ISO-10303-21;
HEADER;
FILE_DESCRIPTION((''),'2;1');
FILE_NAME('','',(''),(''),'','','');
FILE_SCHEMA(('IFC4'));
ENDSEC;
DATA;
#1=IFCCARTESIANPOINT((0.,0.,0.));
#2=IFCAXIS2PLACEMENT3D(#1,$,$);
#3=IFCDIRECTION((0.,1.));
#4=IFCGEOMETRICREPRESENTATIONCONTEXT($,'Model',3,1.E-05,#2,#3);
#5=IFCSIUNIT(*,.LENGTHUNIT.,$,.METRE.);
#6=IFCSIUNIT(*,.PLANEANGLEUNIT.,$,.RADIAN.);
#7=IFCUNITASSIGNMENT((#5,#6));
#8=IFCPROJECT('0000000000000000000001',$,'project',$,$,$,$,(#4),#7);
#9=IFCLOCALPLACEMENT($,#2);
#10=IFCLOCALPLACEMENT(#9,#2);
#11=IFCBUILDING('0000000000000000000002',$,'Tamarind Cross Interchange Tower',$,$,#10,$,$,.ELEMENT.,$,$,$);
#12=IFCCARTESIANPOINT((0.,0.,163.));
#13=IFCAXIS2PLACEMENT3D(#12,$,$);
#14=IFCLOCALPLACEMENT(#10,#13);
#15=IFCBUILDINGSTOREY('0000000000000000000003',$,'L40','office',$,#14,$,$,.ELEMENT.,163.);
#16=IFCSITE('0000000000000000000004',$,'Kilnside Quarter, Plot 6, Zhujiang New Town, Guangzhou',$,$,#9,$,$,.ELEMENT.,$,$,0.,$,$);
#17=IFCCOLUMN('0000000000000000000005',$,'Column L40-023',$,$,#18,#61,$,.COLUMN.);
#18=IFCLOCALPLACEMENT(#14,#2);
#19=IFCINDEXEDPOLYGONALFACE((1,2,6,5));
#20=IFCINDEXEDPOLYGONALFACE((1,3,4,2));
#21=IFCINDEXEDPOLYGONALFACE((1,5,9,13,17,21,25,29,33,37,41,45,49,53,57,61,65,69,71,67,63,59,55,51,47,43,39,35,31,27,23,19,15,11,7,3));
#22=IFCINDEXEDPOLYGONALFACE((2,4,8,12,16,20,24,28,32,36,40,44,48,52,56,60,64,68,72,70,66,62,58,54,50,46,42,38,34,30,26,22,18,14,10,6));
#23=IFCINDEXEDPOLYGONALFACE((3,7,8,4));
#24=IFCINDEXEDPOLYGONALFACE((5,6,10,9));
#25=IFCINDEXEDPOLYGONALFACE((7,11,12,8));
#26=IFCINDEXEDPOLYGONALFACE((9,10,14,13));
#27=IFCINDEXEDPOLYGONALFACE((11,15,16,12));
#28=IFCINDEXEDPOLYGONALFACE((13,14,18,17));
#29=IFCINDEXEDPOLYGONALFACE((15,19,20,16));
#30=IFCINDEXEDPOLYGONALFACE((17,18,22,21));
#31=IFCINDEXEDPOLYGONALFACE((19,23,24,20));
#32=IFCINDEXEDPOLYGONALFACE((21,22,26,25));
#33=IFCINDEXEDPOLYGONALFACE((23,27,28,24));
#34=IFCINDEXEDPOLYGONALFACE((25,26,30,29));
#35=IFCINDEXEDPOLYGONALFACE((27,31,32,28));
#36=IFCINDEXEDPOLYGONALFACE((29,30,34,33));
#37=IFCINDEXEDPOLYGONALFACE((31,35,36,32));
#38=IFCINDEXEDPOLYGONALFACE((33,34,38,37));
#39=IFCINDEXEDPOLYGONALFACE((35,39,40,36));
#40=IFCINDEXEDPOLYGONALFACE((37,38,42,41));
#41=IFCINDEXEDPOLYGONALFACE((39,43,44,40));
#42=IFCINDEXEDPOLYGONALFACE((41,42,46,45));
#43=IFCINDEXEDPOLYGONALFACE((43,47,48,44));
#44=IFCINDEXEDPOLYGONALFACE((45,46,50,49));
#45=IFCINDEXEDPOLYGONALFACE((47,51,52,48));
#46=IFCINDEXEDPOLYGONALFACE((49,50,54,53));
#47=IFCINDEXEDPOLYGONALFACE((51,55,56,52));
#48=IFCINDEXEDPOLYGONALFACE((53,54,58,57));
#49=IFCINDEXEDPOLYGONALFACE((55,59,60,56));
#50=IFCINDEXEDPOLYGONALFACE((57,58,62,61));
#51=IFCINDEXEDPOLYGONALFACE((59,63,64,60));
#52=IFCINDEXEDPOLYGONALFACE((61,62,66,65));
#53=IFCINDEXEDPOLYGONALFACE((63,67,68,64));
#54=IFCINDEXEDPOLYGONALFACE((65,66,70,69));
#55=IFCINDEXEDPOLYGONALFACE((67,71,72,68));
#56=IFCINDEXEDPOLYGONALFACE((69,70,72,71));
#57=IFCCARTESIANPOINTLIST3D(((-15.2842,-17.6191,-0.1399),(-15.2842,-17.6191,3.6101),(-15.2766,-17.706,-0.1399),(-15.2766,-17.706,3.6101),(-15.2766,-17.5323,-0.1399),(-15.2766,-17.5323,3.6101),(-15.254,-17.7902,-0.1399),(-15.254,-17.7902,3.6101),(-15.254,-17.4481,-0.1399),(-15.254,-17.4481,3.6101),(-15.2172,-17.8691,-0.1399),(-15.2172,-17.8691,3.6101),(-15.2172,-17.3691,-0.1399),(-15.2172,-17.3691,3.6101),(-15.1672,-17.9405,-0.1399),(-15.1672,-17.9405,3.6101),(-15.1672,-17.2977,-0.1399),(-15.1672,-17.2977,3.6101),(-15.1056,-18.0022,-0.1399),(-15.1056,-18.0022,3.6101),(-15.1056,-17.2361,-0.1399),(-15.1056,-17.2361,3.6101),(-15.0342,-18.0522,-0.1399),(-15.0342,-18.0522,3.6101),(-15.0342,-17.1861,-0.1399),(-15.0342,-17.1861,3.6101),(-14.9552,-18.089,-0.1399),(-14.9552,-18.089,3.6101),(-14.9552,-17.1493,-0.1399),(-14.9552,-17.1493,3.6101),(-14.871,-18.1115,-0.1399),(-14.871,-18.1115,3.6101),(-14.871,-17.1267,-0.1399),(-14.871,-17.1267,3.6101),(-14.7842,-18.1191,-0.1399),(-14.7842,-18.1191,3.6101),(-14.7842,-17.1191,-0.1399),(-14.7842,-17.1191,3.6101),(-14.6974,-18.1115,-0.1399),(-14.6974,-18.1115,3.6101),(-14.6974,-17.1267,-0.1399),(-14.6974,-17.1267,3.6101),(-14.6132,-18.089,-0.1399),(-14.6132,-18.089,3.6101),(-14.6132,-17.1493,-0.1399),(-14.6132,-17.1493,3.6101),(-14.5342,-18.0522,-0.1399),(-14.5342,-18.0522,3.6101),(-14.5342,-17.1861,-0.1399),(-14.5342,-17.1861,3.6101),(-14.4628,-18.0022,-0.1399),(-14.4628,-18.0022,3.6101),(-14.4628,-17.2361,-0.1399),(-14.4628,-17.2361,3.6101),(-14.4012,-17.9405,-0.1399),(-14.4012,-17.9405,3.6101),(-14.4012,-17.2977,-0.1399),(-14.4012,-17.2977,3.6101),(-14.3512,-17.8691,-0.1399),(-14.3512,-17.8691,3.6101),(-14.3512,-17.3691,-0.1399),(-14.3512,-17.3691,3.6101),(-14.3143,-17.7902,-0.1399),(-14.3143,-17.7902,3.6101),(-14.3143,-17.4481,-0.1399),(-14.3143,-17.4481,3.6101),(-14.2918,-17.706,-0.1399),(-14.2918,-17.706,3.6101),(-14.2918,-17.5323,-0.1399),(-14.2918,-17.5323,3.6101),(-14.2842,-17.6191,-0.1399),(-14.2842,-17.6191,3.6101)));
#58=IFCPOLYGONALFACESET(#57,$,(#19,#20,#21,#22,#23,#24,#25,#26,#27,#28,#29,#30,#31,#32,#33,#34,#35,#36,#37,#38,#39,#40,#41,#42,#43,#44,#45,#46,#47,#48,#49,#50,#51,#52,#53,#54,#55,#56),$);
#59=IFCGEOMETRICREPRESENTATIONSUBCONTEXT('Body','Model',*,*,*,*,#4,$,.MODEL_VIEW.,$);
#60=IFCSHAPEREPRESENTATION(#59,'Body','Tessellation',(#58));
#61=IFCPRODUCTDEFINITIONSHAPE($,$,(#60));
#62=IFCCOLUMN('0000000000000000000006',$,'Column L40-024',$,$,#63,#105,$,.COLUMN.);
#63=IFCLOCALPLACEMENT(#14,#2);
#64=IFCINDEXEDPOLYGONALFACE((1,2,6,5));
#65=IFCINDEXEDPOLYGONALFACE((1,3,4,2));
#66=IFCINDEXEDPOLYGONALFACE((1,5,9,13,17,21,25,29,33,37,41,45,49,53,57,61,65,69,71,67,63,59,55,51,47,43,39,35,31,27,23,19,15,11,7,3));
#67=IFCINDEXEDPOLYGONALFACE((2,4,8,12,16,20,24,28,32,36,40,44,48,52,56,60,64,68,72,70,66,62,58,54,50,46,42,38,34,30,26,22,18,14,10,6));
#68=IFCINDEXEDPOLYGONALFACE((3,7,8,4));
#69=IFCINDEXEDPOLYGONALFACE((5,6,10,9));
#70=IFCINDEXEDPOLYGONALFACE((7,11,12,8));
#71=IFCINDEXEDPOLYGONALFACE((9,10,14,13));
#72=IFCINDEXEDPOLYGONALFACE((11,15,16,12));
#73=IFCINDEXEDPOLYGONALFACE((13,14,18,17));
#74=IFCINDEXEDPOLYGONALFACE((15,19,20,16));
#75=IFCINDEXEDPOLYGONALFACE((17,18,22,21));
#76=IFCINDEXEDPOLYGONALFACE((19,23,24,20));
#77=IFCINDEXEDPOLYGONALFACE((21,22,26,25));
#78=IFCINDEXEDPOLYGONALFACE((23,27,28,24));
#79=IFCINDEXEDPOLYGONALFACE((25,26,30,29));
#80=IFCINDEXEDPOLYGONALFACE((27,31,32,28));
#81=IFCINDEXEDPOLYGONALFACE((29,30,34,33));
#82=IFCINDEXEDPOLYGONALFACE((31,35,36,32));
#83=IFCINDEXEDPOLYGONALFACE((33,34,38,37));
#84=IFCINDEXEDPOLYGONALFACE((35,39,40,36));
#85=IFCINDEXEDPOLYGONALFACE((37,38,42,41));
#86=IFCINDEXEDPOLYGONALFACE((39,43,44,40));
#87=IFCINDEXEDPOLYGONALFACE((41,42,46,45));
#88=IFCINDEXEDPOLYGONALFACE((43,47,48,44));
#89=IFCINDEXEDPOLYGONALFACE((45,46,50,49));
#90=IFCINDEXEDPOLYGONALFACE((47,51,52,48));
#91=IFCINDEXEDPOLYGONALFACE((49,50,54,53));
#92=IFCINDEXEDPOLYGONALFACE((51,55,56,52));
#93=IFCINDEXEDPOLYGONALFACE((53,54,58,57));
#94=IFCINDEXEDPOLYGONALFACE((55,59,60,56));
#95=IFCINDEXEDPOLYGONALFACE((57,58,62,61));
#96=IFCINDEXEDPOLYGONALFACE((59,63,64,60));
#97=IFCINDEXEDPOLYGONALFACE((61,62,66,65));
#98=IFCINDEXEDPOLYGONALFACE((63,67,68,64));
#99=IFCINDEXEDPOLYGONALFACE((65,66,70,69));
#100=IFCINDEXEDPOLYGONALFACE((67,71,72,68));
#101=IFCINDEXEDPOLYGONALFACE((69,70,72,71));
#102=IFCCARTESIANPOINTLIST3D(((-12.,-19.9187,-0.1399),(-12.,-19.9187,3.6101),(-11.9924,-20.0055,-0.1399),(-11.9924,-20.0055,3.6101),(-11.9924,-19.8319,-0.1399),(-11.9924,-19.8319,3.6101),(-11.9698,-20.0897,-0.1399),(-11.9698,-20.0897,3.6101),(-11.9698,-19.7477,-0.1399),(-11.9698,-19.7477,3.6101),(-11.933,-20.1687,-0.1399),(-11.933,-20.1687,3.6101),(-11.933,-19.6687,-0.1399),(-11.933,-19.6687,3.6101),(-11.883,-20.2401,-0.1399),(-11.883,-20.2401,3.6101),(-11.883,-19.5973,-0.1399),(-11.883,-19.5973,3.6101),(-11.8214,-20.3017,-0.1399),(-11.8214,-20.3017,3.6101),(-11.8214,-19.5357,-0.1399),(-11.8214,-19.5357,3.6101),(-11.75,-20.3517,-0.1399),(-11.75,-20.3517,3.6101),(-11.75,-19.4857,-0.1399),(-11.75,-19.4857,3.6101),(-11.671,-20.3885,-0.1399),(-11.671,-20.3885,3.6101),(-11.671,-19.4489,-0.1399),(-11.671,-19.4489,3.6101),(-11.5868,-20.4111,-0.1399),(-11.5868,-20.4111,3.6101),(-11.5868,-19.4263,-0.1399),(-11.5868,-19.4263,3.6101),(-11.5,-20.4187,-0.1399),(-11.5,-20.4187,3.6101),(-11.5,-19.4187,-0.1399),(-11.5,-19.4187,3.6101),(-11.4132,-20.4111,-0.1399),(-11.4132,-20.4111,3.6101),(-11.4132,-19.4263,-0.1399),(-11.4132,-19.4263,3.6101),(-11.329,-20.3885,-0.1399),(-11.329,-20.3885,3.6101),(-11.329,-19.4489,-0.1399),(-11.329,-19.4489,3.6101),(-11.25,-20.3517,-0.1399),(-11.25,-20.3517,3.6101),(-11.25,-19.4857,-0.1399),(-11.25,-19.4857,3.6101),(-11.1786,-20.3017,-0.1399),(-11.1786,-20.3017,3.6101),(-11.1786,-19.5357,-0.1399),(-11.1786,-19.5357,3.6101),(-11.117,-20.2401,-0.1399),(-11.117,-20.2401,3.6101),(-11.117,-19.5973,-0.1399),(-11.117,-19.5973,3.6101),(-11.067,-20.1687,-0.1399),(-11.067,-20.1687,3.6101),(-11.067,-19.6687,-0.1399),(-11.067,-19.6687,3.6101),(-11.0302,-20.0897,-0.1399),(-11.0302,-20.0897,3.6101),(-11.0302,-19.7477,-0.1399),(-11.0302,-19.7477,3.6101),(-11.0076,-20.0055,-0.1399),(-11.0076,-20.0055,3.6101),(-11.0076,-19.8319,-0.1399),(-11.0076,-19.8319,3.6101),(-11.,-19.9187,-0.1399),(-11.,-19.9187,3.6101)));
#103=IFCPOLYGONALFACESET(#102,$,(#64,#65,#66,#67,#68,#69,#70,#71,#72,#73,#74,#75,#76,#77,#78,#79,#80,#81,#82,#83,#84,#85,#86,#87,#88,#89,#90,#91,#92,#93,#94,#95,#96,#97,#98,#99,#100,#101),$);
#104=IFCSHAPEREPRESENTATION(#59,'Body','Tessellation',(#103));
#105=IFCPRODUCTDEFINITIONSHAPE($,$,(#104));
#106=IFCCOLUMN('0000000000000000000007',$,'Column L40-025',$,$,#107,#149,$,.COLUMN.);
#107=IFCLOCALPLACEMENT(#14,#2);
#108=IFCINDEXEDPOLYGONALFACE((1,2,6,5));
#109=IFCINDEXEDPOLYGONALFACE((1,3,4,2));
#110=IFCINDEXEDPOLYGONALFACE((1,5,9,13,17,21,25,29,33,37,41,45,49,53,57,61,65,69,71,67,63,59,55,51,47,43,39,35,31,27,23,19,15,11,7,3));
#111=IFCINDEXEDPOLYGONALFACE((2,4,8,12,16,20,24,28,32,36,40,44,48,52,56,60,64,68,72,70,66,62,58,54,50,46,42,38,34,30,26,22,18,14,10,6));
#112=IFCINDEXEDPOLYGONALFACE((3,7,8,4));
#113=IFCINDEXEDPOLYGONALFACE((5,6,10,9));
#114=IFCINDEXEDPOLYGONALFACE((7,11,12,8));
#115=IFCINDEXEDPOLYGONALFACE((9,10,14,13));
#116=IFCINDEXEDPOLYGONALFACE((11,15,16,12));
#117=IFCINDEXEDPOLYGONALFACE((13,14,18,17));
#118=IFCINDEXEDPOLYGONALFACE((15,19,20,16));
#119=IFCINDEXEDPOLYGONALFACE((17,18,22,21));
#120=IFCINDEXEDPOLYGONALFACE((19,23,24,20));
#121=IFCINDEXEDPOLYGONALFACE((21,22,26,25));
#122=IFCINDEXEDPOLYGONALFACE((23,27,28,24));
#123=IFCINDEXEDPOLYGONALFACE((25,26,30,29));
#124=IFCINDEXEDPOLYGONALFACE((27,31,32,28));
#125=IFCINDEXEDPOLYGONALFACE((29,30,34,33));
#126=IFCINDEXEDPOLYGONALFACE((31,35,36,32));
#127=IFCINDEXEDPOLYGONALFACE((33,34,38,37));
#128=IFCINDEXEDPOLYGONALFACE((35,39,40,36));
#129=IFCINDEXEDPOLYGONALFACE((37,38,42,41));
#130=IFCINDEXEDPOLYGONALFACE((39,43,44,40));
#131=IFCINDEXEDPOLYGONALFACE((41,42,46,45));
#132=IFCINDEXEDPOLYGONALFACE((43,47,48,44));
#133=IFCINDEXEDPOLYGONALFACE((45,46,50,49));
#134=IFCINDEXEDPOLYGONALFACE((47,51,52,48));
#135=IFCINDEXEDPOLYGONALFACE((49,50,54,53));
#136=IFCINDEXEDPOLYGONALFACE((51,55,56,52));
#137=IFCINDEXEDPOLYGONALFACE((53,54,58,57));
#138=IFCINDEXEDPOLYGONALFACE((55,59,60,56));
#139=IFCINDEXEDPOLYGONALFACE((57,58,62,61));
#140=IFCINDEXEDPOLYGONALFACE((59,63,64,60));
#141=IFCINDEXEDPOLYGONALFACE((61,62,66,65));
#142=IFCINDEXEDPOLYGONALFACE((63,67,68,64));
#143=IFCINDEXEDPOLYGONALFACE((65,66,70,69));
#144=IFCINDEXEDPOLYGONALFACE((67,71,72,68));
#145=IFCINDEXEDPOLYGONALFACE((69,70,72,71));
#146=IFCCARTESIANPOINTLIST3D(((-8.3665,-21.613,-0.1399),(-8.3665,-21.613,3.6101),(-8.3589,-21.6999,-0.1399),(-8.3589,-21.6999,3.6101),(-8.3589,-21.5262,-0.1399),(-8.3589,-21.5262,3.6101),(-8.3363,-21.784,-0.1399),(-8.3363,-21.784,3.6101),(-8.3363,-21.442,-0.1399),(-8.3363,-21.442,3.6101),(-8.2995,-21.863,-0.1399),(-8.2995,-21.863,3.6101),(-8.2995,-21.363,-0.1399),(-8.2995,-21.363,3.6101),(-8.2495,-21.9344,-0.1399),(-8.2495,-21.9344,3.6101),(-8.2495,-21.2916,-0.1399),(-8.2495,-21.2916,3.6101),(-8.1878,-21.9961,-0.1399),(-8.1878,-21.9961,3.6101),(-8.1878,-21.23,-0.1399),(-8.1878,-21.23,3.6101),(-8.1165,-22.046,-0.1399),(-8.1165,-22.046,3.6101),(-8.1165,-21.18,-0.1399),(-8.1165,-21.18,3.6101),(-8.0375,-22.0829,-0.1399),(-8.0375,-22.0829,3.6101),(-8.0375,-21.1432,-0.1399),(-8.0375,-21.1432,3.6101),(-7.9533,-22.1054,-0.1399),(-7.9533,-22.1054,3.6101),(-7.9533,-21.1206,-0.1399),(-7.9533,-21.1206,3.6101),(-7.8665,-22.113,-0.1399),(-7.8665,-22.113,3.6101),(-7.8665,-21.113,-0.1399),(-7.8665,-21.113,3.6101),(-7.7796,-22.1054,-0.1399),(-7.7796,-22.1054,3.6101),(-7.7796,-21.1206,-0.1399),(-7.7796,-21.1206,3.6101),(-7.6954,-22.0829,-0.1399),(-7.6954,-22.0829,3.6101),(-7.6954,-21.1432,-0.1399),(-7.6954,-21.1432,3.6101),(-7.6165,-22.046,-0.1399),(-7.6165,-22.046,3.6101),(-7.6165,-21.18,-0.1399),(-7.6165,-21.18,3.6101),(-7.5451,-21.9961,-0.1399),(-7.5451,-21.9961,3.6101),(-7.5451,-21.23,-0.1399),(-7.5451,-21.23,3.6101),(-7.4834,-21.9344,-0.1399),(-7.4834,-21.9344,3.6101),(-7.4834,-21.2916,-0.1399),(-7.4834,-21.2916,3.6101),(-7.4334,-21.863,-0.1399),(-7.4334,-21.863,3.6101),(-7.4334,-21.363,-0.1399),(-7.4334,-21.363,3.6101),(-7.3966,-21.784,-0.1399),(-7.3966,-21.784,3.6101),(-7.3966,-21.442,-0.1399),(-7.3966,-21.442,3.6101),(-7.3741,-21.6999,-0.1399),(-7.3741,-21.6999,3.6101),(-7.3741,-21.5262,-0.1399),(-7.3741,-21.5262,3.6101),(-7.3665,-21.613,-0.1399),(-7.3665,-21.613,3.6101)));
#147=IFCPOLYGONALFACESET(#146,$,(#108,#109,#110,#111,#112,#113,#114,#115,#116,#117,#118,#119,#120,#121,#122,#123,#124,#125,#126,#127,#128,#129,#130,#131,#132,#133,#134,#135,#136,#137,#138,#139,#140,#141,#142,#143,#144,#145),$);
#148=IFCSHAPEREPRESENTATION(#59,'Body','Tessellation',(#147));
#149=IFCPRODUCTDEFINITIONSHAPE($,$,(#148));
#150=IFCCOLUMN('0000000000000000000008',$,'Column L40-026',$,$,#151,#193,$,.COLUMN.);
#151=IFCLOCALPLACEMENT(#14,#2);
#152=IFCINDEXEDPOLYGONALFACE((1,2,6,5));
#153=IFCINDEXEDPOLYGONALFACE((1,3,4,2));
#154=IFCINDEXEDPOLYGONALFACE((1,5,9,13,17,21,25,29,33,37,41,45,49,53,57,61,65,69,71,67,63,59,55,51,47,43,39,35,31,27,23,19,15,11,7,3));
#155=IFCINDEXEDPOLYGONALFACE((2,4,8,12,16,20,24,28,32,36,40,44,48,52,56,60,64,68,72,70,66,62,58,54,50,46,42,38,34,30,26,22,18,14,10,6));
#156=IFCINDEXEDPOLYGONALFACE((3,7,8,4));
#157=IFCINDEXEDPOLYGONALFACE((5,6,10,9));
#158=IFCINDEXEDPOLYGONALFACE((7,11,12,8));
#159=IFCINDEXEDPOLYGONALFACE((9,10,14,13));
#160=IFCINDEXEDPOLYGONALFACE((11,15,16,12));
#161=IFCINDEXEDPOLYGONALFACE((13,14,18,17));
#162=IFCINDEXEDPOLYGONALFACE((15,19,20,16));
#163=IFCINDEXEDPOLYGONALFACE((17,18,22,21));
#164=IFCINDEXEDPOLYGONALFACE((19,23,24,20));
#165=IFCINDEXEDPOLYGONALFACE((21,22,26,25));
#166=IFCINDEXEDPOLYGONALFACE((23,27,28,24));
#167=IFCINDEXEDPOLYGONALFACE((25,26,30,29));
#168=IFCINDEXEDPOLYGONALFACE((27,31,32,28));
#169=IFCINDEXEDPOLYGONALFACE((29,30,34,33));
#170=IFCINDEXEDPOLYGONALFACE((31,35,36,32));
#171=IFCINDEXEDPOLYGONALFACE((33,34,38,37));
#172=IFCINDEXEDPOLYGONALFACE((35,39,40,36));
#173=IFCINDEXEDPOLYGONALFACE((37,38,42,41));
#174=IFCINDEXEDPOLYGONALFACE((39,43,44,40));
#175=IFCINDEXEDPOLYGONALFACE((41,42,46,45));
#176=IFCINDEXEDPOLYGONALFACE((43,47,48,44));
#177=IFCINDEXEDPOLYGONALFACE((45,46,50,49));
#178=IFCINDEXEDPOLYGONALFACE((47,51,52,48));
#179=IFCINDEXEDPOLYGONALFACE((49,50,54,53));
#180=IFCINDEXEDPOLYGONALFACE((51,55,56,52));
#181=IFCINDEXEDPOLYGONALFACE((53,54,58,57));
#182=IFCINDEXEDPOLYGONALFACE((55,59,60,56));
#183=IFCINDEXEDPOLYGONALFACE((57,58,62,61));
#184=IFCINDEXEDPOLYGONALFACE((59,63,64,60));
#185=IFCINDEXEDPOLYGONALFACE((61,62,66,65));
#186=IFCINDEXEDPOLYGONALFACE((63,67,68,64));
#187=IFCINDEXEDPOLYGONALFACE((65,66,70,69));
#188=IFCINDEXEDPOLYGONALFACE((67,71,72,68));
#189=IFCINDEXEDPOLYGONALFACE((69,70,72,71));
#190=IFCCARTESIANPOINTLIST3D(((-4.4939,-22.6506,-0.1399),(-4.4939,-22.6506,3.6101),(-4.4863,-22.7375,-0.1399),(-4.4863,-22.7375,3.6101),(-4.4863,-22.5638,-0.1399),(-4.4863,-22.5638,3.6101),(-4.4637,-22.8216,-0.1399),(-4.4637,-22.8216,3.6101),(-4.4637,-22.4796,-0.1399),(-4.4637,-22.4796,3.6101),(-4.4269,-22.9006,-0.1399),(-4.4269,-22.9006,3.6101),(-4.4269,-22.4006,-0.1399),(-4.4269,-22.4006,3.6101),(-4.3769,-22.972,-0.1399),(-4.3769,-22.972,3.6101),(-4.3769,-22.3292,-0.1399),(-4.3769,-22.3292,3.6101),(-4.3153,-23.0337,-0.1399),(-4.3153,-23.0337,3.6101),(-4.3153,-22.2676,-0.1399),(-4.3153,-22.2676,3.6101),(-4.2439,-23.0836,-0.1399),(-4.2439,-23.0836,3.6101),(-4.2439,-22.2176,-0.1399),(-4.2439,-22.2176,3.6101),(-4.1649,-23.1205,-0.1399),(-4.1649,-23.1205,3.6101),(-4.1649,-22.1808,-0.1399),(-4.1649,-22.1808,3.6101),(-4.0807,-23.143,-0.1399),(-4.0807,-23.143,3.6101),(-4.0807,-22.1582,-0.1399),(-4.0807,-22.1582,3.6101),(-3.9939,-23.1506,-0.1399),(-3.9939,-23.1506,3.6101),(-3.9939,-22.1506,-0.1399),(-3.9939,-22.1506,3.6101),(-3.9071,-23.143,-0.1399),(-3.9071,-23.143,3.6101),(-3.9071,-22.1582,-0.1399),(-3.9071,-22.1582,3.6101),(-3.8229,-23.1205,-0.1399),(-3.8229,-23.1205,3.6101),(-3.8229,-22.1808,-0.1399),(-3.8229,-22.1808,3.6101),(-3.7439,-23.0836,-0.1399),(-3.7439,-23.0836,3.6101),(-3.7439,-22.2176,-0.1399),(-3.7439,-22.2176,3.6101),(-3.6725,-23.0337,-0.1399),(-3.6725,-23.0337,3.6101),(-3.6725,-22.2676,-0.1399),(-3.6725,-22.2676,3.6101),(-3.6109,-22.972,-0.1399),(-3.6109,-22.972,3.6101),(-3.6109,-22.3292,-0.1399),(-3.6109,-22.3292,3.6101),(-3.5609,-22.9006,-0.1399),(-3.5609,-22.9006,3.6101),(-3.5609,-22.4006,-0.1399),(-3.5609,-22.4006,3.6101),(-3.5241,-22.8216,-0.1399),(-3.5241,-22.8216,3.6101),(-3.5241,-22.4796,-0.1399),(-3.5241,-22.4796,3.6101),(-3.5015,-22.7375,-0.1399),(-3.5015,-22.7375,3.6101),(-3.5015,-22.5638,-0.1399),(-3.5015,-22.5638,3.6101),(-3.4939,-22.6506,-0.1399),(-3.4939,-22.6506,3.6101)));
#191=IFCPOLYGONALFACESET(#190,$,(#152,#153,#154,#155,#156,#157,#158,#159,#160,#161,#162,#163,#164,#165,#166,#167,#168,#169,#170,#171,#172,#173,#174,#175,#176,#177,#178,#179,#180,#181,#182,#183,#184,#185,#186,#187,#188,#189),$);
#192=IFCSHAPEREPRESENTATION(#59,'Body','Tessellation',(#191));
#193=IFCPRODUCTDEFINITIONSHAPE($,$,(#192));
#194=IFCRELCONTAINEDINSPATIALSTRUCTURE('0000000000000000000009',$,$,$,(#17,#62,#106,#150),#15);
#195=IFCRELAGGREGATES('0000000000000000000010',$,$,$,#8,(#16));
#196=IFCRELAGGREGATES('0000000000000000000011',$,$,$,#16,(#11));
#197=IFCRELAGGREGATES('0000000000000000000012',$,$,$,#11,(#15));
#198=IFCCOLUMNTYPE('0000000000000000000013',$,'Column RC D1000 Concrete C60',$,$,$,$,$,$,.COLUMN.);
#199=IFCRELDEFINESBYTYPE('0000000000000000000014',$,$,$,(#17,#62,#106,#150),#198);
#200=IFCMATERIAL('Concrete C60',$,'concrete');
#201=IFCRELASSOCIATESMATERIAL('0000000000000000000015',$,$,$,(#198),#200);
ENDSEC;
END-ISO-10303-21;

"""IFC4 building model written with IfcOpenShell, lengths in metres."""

from ifc_helpers import new_model, si_unit, direction, frame, origin, origin_2d, place, context, subcontext, project, spatial, circle, extrude, material, material_profile, profile_set, type_object, element, save


model = new_model("IFC4")

# Units and contexts
model_context = context("Model", 3, precision=1e-05, world=origin(), true_north=direction((0.0, 1.0)))
body_context = subcontext(model_context, "Body", "Model", "MODEL_VIEW")
ifc_project = project(units=[si_unit("LENGTHUNIT", "METRE"), si_unit("PLANEANGLEUNIT", "RADIAN")], contexts=[model_context])

# Site, building, storey
site_placement = place(None, origin())
site = spatial("IfcSite", under=ifc_project, at=site_placement, Name="Kilnside Quarter, Plot 6, Zhujiang New Town, Guangzhou", CompositionType="ELEMENT", RefElevation=0.0)
building_placement = place(site_placement, origin())
building = spatial("IfcBuilding", under=site, at=building_placement, Name="Tamarind Cross Interchange Tower", CompositionType="ELEMENT")
storey_placement = place(building_placement, frame((0.0, 0.0, 163.0)))
storey = spatial("IfcBuildingStorey", under=building, at=storey_placement, Name="L40", Description="office", CompositionType="ELEMENT", Elevation=163.0)

# Columns
ifc_material_1 = material(Name="Concrete C60", Category="concrete")
ifc_material_profile_1 = material_profile(ifc_material_1, circle(Radius=0.5, at=origin_2d()), Name="RC D1000")
ifc_profile_set_1 = profile_set([ifc_material_profile_1], Name="Concrete C60")
column_type = type_object("IfcColumnType", Name="Column RC D1000 Concrete C60", PredefinedType="COLUMN", material=ifc_profile_set_1)
for number, where, z_axis, x_axis, name in (
    (1, (-14.7842, -17.6191, -0.1399), (0.0, 0.0, 1.0), (1.0, 0.0, 0.0), "Column L40-023"),
    (2, (-11.5, -19.9187, -0.1399), (0.0, 0.0, 1.0), (1.0, 0.0, 0.0), "Column L40-024"),
    (3, (-7.8665, -21.613, -0.1399), (0.0, 0.0, 1.0), (1.0, 0.0, 0.0), "Column L40-025"),
    (4, (-3.9939, -22.6506, -0.1399), (0.0, 0.0, 1.0), (1.0, 0.0, 0.0), "Column L40-026"),
):
    element("IfcColumn", number, at=place(storey_placement, frame(where, z_axis=z_axis, x_axis=x_axis)), inside=storey, type_object=column_type, Name=name, PredefinedType="COLUMN", context=body_context, shape_type="SweptSolid", body=[
        extrude(circle(Radius=0.5, at=origin_2d()), origin(), (0.0, 0.0, 1.0), 3.75),
    ])

save(model, "model.ifc")
